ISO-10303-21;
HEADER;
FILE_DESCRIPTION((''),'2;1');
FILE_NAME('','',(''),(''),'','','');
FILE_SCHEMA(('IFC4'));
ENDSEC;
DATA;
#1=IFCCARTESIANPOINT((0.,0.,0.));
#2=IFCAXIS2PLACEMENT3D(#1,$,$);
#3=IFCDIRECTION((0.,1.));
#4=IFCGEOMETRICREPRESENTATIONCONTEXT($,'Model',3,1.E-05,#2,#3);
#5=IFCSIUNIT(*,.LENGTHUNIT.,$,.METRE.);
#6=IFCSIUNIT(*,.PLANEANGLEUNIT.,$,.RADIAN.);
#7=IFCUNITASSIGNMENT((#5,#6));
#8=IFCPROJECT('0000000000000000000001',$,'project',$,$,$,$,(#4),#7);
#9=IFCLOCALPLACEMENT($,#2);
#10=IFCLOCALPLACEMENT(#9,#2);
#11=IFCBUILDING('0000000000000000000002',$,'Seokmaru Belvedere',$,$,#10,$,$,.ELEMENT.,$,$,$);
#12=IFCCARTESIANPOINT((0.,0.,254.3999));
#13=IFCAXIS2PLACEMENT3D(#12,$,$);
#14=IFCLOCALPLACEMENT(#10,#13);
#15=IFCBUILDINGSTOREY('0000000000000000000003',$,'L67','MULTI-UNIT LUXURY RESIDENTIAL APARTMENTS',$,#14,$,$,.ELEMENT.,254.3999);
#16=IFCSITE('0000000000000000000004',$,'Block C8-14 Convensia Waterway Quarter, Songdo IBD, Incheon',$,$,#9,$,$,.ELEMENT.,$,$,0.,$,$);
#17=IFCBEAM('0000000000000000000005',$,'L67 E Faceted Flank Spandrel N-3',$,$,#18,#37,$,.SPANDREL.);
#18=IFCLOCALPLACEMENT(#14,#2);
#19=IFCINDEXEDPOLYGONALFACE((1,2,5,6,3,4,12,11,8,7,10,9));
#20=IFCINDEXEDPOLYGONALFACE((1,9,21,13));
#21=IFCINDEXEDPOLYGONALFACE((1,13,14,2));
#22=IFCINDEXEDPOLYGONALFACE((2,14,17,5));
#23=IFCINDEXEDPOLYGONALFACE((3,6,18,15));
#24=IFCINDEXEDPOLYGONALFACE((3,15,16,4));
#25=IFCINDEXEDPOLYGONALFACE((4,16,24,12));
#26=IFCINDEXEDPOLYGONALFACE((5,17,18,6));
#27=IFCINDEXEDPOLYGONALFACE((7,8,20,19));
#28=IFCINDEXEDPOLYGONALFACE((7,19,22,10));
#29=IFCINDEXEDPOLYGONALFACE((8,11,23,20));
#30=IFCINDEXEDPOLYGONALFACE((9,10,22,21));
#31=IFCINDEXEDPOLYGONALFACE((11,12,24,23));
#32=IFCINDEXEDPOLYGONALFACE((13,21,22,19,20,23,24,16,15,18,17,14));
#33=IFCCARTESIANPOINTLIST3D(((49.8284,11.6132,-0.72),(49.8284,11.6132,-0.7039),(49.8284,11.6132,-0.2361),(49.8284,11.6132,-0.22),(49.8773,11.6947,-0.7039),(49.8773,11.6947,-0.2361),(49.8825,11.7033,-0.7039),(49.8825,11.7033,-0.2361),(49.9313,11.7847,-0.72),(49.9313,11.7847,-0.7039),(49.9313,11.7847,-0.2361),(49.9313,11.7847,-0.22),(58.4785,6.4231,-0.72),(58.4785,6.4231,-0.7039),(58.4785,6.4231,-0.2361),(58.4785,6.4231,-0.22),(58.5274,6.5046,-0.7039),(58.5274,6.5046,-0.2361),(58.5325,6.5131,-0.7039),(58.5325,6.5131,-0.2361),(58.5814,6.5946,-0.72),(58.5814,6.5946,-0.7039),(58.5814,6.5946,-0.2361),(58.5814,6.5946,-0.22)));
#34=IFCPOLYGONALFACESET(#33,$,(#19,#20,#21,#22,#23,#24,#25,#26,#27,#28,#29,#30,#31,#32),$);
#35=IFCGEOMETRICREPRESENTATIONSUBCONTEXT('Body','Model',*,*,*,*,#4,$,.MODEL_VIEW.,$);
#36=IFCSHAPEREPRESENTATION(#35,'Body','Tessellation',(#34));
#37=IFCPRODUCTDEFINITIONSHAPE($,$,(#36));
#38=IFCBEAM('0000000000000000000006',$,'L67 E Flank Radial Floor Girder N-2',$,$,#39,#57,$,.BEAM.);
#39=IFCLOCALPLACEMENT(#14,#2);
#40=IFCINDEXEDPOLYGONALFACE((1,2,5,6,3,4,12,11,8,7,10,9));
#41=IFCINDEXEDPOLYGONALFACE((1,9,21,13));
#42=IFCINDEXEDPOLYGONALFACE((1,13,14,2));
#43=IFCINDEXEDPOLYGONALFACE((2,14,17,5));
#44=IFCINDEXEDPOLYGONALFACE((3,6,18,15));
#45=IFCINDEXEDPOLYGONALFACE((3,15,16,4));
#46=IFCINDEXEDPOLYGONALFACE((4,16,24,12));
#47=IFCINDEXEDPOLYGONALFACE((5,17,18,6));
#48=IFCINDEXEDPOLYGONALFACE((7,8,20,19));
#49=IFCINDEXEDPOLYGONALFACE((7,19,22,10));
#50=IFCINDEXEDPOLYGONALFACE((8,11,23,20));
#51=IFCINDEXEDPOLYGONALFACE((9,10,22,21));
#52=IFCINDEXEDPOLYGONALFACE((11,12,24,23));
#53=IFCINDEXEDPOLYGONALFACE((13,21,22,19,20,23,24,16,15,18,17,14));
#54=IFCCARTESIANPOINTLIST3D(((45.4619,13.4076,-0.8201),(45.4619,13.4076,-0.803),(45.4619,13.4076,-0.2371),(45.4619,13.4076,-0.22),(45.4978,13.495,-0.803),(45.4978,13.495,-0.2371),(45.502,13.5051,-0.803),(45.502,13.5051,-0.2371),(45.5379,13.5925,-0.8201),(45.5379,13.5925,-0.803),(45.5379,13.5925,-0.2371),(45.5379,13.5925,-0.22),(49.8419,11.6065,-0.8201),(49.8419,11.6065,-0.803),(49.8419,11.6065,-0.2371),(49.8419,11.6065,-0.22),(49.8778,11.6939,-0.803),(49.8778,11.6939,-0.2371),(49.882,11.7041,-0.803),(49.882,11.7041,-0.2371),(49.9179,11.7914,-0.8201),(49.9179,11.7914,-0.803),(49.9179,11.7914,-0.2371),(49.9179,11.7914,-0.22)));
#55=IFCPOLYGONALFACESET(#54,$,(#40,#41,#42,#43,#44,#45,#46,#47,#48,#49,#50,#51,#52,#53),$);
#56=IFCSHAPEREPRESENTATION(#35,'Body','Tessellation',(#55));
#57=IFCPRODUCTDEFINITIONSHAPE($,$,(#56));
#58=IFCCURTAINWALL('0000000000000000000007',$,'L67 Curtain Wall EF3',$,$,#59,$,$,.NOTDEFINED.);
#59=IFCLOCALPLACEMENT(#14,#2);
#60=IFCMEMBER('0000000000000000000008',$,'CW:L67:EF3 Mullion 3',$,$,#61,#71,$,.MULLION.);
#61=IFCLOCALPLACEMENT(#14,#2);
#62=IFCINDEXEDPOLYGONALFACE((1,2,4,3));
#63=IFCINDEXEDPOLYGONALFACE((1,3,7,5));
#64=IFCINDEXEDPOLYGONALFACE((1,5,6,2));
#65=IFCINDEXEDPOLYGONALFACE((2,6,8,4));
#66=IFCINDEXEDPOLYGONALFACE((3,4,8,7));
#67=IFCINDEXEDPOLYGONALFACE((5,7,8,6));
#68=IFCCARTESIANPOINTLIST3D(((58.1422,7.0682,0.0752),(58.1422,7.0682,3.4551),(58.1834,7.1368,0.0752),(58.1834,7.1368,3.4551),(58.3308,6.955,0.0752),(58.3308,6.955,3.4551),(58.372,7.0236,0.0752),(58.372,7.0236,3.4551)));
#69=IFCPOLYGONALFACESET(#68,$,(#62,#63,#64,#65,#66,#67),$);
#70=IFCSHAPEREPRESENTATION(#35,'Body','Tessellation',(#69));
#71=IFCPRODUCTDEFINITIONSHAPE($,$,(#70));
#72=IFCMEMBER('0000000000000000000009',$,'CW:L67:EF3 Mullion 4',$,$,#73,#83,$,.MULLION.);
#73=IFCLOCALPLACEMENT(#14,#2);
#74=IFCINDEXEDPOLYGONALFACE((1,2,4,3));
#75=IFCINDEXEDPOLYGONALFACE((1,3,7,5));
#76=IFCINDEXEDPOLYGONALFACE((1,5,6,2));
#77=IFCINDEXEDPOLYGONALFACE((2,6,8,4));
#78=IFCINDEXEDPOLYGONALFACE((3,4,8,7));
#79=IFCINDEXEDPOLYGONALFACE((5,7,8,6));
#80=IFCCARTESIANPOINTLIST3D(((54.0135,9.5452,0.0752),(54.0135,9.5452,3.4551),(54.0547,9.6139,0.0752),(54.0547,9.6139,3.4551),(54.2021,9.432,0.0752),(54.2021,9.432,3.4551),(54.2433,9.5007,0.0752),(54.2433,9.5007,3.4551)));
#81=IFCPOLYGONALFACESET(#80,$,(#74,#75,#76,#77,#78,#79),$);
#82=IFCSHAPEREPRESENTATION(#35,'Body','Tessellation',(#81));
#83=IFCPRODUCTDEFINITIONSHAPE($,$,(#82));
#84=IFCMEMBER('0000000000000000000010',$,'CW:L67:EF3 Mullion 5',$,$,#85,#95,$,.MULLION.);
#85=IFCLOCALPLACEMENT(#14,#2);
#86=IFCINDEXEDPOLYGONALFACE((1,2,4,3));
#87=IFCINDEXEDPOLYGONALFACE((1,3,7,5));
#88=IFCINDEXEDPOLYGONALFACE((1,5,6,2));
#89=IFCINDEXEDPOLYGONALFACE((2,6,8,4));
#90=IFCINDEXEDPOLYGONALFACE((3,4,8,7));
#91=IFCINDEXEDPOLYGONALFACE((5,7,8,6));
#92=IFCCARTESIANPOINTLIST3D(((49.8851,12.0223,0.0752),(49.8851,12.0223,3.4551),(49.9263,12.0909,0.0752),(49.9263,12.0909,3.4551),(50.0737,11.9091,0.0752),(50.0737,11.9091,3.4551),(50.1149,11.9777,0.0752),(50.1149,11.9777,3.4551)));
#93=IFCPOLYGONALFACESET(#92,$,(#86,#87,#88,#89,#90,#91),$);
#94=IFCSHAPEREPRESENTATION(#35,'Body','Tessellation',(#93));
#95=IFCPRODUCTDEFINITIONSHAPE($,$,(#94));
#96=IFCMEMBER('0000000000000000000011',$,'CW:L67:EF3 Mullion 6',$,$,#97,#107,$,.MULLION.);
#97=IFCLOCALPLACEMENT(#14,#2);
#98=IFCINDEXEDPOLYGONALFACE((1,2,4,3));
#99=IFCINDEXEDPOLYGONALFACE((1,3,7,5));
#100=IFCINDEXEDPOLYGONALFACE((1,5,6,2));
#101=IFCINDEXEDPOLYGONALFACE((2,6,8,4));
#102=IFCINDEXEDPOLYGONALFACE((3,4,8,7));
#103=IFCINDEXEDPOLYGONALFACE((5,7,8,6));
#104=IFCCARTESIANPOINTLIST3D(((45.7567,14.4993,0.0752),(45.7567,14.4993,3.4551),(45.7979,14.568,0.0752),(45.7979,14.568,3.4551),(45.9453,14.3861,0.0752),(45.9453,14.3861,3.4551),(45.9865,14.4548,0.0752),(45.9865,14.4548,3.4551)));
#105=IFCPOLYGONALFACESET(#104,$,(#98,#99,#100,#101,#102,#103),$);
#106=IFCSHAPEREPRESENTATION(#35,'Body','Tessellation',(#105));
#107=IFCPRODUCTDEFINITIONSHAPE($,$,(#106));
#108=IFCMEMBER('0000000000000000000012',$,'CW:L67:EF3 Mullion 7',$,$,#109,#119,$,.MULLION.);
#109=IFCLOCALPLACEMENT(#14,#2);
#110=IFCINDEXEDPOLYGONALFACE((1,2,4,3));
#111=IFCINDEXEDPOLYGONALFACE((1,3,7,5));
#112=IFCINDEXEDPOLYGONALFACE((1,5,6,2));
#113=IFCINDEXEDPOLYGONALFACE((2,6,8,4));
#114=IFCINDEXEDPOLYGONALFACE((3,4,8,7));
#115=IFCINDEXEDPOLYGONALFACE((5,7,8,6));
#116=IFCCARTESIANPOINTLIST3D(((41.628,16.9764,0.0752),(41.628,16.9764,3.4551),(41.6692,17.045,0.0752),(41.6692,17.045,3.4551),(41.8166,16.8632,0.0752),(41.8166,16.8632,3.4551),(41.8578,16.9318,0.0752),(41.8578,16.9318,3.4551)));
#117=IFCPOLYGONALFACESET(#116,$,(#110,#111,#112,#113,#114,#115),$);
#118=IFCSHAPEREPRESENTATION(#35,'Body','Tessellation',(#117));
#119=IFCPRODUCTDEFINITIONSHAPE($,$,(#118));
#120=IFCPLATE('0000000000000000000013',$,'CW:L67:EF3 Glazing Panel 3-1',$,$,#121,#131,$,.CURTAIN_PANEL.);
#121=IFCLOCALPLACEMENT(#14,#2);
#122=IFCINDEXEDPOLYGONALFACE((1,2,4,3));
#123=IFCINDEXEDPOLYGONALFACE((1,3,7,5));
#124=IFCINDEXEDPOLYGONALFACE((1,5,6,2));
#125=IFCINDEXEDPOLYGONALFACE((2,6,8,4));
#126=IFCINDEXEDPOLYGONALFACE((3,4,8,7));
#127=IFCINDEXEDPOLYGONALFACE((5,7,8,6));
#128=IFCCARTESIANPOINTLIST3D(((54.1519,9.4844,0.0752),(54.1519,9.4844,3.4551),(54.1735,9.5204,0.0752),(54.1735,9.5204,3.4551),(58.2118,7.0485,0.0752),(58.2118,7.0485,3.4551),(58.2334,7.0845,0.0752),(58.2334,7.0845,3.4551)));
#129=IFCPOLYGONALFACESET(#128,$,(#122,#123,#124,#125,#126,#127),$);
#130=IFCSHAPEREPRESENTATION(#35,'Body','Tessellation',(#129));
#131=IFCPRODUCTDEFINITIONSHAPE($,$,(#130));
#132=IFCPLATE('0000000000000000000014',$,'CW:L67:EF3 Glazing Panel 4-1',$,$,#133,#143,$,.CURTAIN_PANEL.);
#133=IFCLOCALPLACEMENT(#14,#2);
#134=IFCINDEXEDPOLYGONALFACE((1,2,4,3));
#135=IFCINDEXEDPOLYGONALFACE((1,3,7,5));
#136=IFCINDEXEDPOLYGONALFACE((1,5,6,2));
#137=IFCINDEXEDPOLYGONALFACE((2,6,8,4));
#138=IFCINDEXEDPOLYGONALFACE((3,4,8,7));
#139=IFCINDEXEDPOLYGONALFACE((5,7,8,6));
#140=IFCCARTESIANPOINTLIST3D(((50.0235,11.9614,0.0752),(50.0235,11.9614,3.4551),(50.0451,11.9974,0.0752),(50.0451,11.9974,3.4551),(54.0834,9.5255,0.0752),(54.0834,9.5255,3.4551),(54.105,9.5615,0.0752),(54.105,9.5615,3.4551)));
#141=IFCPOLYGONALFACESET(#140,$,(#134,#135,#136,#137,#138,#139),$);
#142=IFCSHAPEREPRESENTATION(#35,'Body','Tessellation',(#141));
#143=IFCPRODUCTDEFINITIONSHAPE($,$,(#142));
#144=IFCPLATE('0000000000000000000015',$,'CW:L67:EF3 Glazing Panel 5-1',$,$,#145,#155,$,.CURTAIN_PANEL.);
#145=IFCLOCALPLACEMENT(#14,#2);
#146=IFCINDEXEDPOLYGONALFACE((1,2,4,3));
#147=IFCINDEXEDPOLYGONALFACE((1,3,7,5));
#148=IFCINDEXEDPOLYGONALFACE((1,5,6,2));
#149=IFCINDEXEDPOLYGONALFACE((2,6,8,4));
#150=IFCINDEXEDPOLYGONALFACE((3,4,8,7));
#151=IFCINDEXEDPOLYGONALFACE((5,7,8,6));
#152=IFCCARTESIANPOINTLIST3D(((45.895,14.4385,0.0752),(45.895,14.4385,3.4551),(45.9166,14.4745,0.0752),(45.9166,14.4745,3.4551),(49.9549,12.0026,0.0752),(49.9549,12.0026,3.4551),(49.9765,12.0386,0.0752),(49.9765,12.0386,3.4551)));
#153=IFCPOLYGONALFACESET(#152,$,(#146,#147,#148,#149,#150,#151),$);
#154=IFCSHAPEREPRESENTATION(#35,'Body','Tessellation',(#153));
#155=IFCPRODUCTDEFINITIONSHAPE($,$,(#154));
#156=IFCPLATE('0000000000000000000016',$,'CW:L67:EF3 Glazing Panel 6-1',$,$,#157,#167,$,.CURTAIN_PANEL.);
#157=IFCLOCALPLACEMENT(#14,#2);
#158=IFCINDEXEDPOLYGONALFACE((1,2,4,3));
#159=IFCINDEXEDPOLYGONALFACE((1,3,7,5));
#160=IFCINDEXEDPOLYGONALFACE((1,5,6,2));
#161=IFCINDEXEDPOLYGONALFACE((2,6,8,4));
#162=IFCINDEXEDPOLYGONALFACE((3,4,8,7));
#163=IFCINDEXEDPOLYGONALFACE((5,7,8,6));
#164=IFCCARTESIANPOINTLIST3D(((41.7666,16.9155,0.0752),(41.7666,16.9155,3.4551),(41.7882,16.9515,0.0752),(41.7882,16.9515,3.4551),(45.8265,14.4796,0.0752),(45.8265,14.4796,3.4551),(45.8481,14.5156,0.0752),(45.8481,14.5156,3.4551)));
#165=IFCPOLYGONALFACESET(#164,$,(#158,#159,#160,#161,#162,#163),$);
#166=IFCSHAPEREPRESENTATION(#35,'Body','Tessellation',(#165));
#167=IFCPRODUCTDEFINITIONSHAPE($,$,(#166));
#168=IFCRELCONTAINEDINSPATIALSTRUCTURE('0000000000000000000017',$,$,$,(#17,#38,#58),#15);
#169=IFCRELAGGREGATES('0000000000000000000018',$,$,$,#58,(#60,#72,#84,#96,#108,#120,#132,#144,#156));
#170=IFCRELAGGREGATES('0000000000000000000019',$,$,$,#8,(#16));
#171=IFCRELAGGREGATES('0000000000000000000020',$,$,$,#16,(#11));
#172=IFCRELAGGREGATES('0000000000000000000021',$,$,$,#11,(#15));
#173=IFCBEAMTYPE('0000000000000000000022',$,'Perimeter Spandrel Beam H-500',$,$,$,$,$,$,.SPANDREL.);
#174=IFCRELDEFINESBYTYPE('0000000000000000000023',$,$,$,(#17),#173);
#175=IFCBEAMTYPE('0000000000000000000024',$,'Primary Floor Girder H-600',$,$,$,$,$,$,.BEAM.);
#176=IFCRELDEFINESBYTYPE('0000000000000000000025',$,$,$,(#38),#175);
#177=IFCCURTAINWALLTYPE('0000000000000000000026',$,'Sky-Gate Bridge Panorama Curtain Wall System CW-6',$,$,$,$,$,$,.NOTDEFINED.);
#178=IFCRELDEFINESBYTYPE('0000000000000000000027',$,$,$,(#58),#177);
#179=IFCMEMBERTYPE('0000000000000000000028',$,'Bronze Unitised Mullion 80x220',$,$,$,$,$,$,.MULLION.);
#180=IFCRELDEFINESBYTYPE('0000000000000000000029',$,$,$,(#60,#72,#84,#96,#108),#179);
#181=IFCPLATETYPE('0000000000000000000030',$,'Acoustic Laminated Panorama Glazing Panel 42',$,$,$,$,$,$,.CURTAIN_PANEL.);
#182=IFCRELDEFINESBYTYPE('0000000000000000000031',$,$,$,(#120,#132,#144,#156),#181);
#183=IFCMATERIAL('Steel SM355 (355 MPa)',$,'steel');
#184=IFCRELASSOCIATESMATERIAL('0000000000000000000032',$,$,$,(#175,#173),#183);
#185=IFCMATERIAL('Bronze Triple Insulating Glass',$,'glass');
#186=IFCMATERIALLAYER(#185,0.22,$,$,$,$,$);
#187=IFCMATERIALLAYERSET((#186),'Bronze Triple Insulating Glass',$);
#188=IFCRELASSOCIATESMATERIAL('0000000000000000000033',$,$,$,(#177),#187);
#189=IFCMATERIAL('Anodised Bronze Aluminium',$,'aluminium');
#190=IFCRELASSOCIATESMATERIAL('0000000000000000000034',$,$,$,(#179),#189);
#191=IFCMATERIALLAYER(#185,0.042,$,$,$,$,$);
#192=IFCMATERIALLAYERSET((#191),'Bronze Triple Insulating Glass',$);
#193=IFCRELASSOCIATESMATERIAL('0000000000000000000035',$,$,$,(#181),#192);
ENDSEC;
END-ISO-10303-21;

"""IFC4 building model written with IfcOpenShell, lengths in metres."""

from ifc_helpers import new_model, si_unit, direction, frame, origin, origin_2d, place, context, subcontext, project, spatial, rectangle, i_section, extrude, source, transform, mapped, material, layer, layer_set, material_profile, profile_set, type_object, type_shapes, element, aggregate, save


model = new_model("IFC4")

# Units and contexts
model_context = context("Model", 3, precision=1e-05, world=origin(), true_north=direction((0.0, 1.0)))
body_context = subcontext(model_context, "Body", "Model", "MODEL_VIEW")
ifc_project = project(units=[si_unit("LENGTHUNIT", "METRE"), si_unit("PLANEANGLEUNIT", "RADIAN")], contexts=[model_context])

# Site, building, storey
site_placement = place(None, origin())
site = spatial("IfcSite", under=ifc_project, at=site_placement, Name="Block C8-14 Convensia Waterway Quarter, Songdo IBD, Incheon", CompositionType="ELEMENT", RefElevation=0.0)
building_placement = place(site_placement, origin())
building = spatial("IfcBuilding", under=site, at=building_placement, Name="Seokmaru Belvedere", CompositionType="ELEMENT")
storey_placement = place(building_placement, frame((0.0, 0.0, 254.3999)))
storey = spatial("IfcBuildingStorey", under=building, at=storey_placement, Name="L67", Description="MULTI-UNIT LUXURY RESIDENTIAL APARTMENTS", CompositionType="ELEMENT", Elevation=254.3999)

# Shared definitions
ifc_material_1 = material(Name="Steel SM355 (355 MPa)", Category="steel")

# Beams
ifc_material_profile_1 = material_profile(ifc_material_1, i_section(OverallWidth=0.2, OverallDepth=0.6001, WebThickness=0.011, FlangeThickness=0.0171, at=origin_2d()), Name="H-600x200x11x17")
ifc_profile_set_1 = profile_set([ifc_material_profile_1], Name="Steel SM355 (355 MPa)")
beam_type_1 = type_object("IfcBeamType", Name="Primary Floor Girder H-600", PredefinedType="BEAM", material=ifc_profile_set_1)
ifc_material_profile_2 = material_profile(ifc_material_1, i_section(OverallWidth=0.2, OverallDepth=0.5, WebThickness=0.01, FlangeThickness=0.0161, at=origin_2d()), Name="H-500x200x10x16")
ifc_profile_set_2 = profile_set([ifc_material_profile_2], Name="Steel SM355 (355 MPa)")
beam_type_2 = type_object("IfcBeamType", Name="Perimeter Spandrel Beam H-500", PredefinedType="SPANDREL", material=ifc_profile_set_2)
shared_shape_1 = source(origin(), body_context, "Body", "SweptSolid", [
    extrude(i_section(OverallWidth=0.2, OverallDepth=0.5, WebThickness=0.01, FlangeThickness=0.0161, at=origin_2d()), origin(), (0.0, 0.0, 1.0), 10.0876),
])
type_shapes(beam_type_2, [shared_shape_1])
beam_1_placement = place(storey_placement, frame((49.8799, 11.699, -0.47), z_axis=(0.857489, -0.514503, 0.0), x_axis=(0.514503, 0.857489, 0.0)))
element("IfcBeam", 1, at=beam_1_placement, inside=storey, type_object=beam_type_2, Name="L67 E Faceted Flank Spandrel N-3", PredefinedType="SPANDREL", context=body_context, shape_type="MappedRepresentation", body=[
    mapped(shared_shape_1, transform((0.0, 0.0, 0.0), scale=1.0)),
])
shared_shape_2 = source(origin(), body_context, "Body", "SweptSolid", [
    extrude(i_section(OverallWidth=0.2, OverallDepth=0.6001, WebThickness=0.011, FlangeThickness=0.0171, at=origin_2d()), origin(), (0.0, 0.0, 1.0), 4.7358),
])
beam_2_placement = place(storey_placement, frame((49.8799, 11.699, -0.52), z_axis=(-0.924861, 0.380306, 0.0), x_axis=(-0.380306, -0.924861, 0.0)))
element("IfcBeam", 2, at=beam_2_placement, inside=storey, type_object=beam_type_1, Name="L67 E Flank Radial Floor Girder N-2", PredefinedType="BEAM", context=body_context, shape_type="MappedRepresentation", body=[
    mapped(shared_shape_2, transform((0.0, 0.0, 0.0), scale=1.0)),
])

# Curtain wall, members, plates
ifc_material_2 = material(Name="Bronze Triple Insulating Glass", Category="glass")
ifc_layer_1 = layer(ifc_material_2, 0.22)
ifc_layer_set_1 = layer_set([ifc_layer_1], Name="Bronze Triple Insulating Glass")
curtain_wall_type = type_object("IfcCurtainWallType", Name="Sky-Gate Bridge Panorama Curtain Wall System CW-6", PredefinedType="NOTDEFINED", material=ifc_layer_set_1)
curtain_wall_placement = place(storey_placement, origin())
curtain_wall = element("IfcCurtainWall", 3, at=curtain_wall_placement, inside=storey, type_object=curtain_wall_type, Name="L67 Curtain Wall EF3", PredefinedType="NOTDEFINED")
ifc_material_3 = material(Name="Anodised Bronze Aluminium", Category="aluminium")
ifc_material_profile_3 = material_profile(ifc_material_3, rectangle(XDim=0.0801, YDim=0.22, at=origin_2d()), Name="CW-M-80x220")
ifc_profile_set_3 = profile_set([ifc_material_profile_3], Name="Anodised Bronze Aluminium")
member_type = type_object("IfcMemberType", Name="Bronze Unitised Mullion 80x220", PredefinedType="MULLION", material=ifc_profile_set_3)
shared_shape_3 = source(origin(), body_context, "Body", "SweptSolid", [
    extrude(rectangle(XDim=0.0801, YDim=0.22, at=origin_2d()), origin(), (0.0, 0.0, 1.0), 3.3799),
])
type_shapes(member_type, [shared_shape_3])
member_1_placement = place(storey_placement, frame((58.2571, 7.0459, 0.0752), z_axis=(0.0, 0.0, 1.0), x_axis=(-0.514495, -0.857493, 0.0)))
member_1 = element("IfcMember", 4, at=member_1_placement, type_object=member_type, Name="CW:L67:EF3 Mullion 3", PredefinedType="MULLION", context=body_context, shape_type="MappedRepresentation", body=[
    mapped(shared_shape_3, transform((0.0, 0.0, 0.0), scale=1.0)),
])
member_2_placement = place(storey_placement, frame((54.1284, 9.5229, 0.0752), z_axis=(0.0, 0.0, 1.0), x_axis=(-0.514495, -0.857493, 0.0)))
member_2 = element("IfcMember", 5, at=member_2_placement, type_object=member_type, Name="CW:L67:EF3 Mullion 4", PredefinedType="MULLION", context=body_context, shape_type="MappedRepresentation", body=[
    mapped(shared_shape_3, transform((0.0, 0.0, 0.0), scale=1.0)),
])
member_3_placement = place(storey_placement, frame((50.0, 12.0, 0.0752), z_axis=(0.0, 0.0, 1.0), x_axis=(-0.514495, -0.857493, 0.0)))
member_3 = element("IfcMember", 6, at=member_3_placement, type_object=member_type, Name="CW:L67:EF3 Mullion 5", PredefinedType="MULLION", context=body_context, shape_type="MappedRepresentation", body=[
    mapped(shared_shape_3, transform((0.0, 0.0, 0.0), scale=1.0)),
])
member_4_placement = place(storey_placement, frame((45.8716, 14.4771, 0.0752), z_axis=(0.0, 0.0, 1.0), x_axis=(-0.514495, -0.857493, 0.0)))
member_4 = element("IfcMember", 7, at=member_4_placement, type_object=member_type, Name="CW:L67:EF3 Mullion 6", PredefinedType="MULLION", context=body_context, shape_type="MappedRepresentation", body=[
    mapped(shared_shape_3, transform((0.0, 0.0, 0.0), scale=1.0)),
])
member_5_placement = place(storey_placement, frame((41.7429, 16.9541, 0.0752), z_axis=(0.0, 0.0, 1.0), x_axis=(-0.514495, -0.857493, 0.0)))
member_5 = element("IfcMember", 8, at=member_5_placement, type_object=member_type, Name="CW:L67:EF3 Mullion 7", PredefinedType="MULLION", context=body_context, shape_type="MappedRepresentation", body=[
    mapped(shared_shape_3, transform((0.0, 0.0, 0.0), scale=1.0)),
])
ifc_layer_2 = layer(ifc_material_2, 0.042)
ifc_layer_set_2 = layer_set([ifc_layer_2], Name="Bronze Triple Insulating Glass")
plate_type = type_object("IfcPlateType", Name="Acoustic Laminated Panorama Glazing Panel 42", PredefinedType="CURTAIN_PANEL", material=ifc_layer_set_2)
shared_shape_4 = source(origin(), body_context, "Body", "SweptSolid", [
    extrude(rectangle(XDim=4.7346, YDim=0.042, at=origin_2d()), origin(), (0.0, 0.0, 1.0), 3.3799),
])
type_shapes(plate_type, [shared_shape_4])
plate_1_placement = place(storey_placement, frame((56.1926, 8.2844, 0.0752), z_axis=(0.0, 0.0, 1.0), x_axis=(-0.857493, 0.514495, 0.0)))
plate_1 = element("IfcPlate", 9, at=plate_1_placement, type_object=plate_type, Name="CW:L67:EF3 Glazing Panel 3-1", PredefinedType="CURTAIN_PANEL", context=body_context, shape_type="MappedRepresentation", body=[
    mapped(shared_shape_4, transform((0.0, 0.0, 0.0), scale=1.0)),
])
plate_2_placement = place(storey_placement, frame((52.0642, 10.7615, 0.0752), z_axis=(0.0, 0.0, 1.0), x_axis=(-0.857493, 0.514495, 0.0)))
plate_2 = element("IfcPlate", 10, at=plate_2_placement, type_object=plate_type, Name="CW:L67:EF3 Glazing Panel 4-1", PredefinedType="CURTAIN_PANEL", context=body_context, shape_type="MappedRepresentation", body=[
    mapped(shared_shape_4, transform((0.0, 0.0, 0.0), scale=1.0)),
])
plate_3_placement = place(storey_placement, frame((47.9358, 13.2385, 0.0752), z_axis=(0.0, 0.0, 1.0), x_axis=(-0.857493, 0.514495, 0.0)))
plate_3 = element("IfcPlate", 11, at=plate_3_placement, type_object=plate_type, Name="CW:L67:EF3 Glazing Panel 5-1", PredefinedType="CURTAIN_PANEL", context=body_context, shape_type="MappedRepresentation", body=[
    mapped(shared_shape_4, transform((0.0, 0.0, 0.0), scale=1.0)),
])
plate_4_placement = place(storey_placement, frame((43.8074, 15.7156, 0.0752), z_axis=(0.0, 0.0, 1.0), x_axis=(-0.857493, 0.514495, 0.0)))
plate_4 = element("IfcPlate", 12, at=plate_4_placement, type_object=plate_type, Name="CW:L67:EF3 Glazing Panel 6-1", PredefinedType="CURTAIN_PANEL", context=body_context, shape_type="MappedRepresentation", body=[
    mapped(shared_shape_4, transform((0.0, 0.0, 0.0), scale=1.0)),
])
aggregate(curtain_wall, [member_1, member_2, member_3, member_4, member_5, plate_1, plate_2, plate_3, plate_4])

save(model, "model.ifc")
